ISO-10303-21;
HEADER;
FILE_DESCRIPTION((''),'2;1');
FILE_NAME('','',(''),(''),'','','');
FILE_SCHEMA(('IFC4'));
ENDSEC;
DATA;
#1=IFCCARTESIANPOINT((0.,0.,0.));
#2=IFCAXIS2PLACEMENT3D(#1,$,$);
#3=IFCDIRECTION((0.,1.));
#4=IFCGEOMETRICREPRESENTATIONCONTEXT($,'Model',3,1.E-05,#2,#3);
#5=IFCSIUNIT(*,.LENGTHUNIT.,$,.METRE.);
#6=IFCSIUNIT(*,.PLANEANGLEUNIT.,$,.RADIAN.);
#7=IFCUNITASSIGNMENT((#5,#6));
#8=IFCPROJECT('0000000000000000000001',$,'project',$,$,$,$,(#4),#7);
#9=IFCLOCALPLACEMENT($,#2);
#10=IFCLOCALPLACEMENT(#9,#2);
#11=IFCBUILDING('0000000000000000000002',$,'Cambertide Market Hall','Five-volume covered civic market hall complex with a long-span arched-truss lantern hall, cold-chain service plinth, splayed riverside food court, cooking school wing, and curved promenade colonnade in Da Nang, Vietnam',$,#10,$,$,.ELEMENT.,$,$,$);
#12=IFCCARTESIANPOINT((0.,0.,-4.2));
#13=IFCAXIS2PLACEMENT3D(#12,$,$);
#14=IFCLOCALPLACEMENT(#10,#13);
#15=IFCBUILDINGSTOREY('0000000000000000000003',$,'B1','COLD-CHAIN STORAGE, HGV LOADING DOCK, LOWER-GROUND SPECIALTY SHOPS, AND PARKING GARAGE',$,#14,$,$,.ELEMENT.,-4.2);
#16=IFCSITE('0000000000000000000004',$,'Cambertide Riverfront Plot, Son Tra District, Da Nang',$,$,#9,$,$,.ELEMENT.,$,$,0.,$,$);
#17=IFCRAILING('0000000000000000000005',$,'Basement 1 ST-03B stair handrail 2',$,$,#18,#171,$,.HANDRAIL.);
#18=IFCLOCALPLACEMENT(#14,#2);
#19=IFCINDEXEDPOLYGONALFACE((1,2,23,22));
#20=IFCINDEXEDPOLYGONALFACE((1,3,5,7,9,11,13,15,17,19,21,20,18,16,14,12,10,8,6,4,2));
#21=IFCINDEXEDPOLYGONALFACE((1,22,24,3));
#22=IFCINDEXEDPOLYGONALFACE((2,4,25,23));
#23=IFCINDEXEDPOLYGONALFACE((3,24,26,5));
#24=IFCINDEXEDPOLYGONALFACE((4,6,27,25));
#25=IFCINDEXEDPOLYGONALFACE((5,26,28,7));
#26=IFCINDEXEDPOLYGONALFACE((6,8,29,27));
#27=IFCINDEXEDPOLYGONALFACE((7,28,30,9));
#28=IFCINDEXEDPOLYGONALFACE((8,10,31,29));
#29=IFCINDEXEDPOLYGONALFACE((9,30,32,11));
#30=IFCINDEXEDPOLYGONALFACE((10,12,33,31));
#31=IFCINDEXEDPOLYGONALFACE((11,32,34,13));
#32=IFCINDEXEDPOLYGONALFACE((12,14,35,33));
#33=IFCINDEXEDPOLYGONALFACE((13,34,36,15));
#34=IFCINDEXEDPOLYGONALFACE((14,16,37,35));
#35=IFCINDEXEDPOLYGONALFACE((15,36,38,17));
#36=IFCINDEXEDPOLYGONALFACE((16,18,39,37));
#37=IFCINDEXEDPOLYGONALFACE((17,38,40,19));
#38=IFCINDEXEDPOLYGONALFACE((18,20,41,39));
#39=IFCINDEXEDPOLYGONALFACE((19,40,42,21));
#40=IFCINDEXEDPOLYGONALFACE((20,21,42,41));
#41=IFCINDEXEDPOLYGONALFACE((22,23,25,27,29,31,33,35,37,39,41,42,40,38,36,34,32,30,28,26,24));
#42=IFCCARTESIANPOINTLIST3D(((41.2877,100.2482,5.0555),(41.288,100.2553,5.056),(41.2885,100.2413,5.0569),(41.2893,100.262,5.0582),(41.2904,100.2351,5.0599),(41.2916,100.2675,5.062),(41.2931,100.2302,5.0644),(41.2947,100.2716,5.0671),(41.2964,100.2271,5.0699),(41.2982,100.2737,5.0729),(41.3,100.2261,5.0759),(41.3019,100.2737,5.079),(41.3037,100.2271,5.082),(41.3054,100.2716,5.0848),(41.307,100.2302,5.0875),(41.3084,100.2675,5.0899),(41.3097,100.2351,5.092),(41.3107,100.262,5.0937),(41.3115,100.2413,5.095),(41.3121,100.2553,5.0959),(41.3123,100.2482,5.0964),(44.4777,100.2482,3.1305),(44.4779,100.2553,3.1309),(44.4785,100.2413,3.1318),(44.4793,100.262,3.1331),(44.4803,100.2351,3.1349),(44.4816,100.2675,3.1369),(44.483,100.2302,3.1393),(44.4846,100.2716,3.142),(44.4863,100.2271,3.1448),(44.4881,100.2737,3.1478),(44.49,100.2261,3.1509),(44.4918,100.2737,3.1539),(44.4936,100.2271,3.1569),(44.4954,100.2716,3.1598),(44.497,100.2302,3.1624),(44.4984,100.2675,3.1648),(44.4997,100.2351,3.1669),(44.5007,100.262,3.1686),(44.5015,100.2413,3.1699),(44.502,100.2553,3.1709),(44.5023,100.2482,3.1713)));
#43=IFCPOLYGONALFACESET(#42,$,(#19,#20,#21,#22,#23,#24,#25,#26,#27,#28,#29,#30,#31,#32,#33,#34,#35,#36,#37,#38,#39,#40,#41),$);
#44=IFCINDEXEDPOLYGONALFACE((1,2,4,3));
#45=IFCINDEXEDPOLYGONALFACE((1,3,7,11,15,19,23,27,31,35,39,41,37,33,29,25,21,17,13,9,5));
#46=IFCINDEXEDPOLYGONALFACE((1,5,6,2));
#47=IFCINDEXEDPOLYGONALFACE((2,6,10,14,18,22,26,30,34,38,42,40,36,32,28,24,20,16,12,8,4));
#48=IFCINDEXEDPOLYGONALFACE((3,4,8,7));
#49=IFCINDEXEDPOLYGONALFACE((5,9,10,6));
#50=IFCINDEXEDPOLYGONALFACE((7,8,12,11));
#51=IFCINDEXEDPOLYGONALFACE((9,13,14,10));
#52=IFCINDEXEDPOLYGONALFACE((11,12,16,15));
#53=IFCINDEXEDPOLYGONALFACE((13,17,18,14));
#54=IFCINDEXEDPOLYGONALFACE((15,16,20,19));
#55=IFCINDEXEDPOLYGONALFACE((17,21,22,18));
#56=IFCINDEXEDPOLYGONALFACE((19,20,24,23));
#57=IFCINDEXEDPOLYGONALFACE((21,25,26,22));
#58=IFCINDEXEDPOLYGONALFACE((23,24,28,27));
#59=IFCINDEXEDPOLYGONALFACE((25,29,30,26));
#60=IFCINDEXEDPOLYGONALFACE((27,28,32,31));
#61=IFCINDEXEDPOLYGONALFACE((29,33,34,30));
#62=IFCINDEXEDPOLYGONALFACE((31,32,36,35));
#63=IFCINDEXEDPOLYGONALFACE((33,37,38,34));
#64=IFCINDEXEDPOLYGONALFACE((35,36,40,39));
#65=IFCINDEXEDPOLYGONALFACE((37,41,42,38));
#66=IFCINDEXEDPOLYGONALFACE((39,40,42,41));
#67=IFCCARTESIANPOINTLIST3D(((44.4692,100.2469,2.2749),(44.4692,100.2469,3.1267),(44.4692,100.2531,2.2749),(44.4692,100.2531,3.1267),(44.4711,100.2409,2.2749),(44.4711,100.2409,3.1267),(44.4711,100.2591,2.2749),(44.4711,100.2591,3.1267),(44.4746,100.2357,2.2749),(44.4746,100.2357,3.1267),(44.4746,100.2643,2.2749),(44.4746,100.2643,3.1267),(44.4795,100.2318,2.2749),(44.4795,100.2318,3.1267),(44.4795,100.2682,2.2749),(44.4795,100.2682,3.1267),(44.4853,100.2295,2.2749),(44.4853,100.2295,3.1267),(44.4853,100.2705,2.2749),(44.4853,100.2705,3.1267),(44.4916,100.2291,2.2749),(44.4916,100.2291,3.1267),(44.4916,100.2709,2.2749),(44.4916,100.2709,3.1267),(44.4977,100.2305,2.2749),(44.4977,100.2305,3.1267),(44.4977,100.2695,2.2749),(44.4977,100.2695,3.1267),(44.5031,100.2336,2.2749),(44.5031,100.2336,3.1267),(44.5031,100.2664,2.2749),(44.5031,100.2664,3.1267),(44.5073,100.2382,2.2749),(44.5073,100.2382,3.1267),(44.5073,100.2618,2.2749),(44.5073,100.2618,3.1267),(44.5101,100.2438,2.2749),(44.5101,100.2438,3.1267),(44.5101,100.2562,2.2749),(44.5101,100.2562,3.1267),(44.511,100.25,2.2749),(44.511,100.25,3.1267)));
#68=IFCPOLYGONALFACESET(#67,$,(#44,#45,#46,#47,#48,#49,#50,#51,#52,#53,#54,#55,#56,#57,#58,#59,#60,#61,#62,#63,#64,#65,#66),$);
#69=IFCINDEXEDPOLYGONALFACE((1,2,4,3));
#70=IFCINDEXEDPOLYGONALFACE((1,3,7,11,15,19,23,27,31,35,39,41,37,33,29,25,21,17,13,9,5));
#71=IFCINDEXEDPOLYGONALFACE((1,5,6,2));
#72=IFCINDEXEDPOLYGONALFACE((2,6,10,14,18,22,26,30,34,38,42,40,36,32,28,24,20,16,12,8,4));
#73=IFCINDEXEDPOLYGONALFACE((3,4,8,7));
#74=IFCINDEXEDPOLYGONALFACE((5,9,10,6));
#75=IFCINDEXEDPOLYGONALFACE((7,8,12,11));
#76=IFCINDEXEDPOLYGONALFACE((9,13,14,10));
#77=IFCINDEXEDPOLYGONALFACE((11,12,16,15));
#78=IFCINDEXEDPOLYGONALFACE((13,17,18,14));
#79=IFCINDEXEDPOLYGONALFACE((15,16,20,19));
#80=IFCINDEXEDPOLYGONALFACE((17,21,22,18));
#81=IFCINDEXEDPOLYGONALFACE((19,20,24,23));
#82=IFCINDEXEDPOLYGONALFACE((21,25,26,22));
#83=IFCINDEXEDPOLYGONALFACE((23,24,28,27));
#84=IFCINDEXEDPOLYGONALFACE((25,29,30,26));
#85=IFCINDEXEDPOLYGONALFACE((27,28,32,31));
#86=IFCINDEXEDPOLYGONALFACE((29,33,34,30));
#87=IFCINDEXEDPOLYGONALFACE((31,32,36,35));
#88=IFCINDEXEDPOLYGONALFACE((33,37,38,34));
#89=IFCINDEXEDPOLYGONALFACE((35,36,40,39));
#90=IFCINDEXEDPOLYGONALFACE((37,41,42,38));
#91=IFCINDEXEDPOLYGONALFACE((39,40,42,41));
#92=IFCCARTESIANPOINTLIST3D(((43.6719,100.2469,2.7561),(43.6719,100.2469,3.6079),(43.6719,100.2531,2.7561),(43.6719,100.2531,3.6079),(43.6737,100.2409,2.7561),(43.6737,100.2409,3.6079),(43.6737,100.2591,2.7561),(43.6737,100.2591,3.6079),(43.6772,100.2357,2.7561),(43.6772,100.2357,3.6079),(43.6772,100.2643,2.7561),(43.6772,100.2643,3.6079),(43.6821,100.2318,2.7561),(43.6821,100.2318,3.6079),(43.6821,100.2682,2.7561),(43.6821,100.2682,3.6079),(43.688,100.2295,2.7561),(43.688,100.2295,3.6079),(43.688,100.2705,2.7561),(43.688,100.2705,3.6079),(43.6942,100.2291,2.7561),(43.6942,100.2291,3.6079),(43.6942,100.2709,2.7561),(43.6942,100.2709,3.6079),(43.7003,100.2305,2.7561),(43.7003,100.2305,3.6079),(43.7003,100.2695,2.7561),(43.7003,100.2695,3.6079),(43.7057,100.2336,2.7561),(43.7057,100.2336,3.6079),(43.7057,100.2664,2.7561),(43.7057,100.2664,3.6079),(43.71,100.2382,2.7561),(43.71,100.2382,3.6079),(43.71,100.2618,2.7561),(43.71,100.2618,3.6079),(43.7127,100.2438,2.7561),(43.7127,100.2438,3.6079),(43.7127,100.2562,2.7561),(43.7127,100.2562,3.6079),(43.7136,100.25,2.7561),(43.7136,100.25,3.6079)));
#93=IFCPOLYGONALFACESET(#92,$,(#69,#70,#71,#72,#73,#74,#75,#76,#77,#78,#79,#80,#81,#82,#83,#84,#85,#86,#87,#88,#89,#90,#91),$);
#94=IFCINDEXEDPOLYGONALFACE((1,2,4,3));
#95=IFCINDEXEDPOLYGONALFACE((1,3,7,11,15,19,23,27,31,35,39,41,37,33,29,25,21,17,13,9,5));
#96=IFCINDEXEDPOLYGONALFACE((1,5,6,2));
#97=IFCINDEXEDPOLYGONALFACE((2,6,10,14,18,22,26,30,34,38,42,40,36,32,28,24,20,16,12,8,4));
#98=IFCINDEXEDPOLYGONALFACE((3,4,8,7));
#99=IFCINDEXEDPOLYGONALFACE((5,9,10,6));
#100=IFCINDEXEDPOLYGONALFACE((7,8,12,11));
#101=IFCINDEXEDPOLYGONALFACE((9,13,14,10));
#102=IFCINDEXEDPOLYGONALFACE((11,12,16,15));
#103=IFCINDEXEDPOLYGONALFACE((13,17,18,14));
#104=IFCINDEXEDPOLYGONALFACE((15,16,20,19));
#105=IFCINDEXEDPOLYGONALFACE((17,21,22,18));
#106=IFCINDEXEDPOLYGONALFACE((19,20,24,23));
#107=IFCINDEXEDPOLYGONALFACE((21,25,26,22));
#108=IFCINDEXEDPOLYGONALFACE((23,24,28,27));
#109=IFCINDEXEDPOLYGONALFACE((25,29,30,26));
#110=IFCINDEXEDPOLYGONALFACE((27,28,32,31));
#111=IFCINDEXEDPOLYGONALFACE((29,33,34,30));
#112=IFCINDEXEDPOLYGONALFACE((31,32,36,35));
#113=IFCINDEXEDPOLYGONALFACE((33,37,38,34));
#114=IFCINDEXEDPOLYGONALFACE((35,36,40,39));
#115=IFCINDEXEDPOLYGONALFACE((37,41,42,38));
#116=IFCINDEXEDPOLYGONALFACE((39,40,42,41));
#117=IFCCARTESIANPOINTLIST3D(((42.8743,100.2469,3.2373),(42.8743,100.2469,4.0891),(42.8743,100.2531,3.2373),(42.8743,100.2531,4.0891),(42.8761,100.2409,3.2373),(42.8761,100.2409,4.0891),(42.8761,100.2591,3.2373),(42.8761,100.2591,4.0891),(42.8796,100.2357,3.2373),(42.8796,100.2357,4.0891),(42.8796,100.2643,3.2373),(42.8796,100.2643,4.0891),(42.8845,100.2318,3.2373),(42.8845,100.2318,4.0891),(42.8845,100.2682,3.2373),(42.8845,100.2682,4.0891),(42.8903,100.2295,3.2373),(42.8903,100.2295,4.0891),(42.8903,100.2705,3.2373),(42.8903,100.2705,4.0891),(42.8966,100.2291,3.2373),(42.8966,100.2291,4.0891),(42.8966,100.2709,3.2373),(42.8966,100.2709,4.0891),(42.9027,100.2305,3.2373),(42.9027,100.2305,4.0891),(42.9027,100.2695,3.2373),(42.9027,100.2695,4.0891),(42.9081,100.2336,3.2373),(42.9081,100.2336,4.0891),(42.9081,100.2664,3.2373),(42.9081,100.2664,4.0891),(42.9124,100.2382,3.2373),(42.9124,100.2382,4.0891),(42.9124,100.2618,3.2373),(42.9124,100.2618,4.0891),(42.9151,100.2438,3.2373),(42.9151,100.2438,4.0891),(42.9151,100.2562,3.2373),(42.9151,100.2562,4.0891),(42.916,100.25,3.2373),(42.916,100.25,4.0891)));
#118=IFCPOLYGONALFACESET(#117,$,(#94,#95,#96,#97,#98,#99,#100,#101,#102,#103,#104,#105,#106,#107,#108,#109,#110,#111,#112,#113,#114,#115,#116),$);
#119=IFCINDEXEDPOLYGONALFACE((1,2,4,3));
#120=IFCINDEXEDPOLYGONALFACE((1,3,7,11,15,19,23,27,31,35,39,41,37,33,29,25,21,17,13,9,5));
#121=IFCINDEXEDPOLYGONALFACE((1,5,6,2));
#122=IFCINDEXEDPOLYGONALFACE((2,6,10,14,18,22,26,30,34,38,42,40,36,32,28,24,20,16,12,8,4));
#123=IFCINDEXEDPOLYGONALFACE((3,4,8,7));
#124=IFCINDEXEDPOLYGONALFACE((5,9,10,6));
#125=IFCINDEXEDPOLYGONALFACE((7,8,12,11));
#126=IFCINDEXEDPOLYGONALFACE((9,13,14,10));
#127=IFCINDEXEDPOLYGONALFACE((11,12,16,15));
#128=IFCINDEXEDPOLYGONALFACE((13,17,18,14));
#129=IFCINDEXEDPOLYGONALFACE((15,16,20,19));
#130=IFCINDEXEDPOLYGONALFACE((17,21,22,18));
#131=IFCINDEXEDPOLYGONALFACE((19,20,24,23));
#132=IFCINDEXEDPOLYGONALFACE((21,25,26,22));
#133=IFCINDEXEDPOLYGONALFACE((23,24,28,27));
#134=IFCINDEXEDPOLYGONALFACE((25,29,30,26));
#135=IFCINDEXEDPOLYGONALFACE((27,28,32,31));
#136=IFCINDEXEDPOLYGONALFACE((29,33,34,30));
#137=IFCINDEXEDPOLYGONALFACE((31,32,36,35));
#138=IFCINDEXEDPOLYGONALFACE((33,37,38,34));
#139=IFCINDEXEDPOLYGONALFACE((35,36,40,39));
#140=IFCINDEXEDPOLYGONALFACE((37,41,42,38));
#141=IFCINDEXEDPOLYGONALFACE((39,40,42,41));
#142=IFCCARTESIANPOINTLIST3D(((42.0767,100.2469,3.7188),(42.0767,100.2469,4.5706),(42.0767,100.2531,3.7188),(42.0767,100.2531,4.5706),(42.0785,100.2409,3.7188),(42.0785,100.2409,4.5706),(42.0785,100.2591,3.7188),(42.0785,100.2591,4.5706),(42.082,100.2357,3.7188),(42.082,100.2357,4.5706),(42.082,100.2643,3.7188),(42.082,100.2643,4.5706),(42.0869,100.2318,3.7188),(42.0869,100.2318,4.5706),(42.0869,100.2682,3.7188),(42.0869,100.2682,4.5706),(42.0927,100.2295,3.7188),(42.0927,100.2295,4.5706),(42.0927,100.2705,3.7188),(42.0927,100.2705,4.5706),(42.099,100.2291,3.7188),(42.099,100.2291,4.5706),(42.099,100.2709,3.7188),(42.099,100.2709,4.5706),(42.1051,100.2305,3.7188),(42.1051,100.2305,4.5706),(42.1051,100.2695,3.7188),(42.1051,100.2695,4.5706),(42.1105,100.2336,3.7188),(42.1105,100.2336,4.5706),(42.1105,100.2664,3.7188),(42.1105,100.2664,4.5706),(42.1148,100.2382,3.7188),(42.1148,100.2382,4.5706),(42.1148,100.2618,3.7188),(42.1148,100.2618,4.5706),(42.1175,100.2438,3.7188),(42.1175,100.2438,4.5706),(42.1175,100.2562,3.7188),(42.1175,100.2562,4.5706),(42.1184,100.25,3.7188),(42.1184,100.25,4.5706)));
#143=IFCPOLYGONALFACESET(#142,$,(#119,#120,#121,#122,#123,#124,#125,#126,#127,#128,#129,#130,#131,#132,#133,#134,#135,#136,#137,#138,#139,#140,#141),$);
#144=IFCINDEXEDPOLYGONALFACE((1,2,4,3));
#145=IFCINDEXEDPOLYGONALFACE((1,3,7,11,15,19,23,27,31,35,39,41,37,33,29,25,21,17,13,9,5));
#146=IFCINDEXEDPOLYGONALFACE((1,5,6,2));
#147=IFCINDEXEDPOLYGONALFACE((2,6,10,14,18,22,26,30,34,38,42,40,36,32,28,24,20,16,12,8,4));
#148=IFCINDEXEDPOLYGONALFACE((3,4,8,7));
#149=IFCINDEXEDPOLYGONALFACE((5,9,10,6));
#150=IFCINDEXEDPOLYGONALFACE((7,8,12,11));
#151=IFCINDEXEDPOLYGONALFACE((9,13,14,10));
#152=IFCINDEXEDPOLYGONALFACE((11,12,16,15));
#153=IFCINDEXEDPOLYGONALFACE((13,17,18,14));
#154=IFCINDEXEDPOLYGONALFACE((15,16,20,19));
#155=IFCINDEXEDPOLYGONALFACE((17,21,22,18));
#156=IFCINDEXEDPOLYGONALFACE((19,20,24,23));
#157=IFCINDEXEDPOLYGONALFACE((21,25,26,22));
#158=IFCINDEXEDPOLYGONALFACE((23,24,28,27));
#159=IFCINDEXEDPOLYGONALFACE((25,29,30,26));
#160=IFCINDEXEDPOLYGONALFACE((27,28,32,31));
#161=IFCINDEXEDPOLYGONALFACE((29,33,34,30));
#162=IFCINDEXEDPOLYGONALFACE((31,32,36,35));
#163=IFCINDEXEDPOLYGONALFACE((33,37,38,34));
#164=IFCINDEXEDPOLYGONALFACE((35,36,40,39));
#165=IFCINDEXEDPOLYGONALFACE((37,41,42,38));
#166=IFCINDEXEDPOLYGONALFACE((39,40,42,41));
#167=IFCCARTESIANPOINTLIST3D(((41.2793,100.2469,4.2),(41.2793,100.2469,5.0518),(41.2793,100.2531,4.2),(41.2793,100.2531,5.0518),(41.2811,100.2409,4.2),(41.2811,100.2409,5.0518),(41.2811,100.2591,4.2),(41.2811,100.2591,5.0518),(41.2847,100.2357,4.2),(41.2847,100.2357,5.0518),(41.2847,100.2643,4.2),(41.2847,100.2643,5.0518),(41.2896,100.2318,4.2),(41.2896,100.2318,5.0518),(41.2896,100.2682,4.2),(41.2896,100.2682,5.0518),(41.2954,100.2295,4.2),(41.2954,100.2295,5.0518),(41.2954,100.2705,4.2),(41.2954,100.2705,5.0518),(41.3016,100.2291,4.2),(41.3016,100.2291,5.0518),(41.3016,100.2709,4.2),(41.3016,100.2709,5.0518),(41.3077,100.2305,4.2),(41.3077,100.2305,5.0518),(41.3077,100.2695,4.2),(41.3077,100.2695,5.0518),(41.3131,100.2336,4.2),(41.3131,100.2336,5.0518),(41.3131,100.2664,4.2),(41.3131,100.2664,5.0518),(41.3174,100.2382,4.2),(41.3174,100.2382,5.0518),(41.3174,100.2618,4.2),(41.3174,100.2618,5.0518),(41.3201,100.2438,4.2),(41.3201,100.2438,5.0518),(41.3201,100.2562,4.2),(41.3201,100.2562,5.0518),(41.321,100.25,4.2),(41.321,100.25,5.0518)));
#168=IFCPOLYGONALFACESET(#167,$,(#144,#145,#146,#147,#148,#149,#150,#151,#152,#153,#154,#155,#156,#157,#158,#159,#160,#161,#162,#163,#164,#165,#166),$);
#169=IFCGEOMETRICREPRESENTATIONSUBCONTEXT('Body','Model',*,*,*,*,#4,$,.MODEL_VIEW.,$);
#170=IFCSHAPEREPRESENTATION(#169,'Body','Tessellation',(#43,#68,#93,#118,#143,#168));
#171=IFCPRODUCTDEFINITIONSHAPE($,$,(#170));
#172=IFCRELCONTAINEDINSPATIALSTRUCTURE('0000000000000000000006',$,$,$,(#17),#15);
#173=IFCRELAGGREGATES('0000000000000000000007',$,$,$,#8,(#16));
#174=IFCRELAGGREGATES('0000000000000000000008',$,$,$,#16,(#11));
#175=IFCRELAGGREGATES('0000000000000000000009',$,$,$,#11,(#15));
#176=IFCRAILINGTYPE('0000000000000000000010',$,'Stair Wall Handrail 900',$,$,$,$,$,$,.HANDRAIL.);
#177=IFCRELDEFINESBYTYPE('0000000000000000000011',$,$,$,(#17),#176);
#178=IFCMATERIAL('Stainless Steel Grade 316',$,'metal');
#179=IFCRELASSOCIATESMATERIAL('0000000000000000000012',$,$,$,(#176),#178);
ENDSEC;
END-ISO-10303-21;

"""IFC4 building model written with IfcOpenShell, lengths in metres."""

from ifc_helpers import new_model, si_unit, direction, frame, origin, origin_2d, place, context, subcontext, project, spatial, circle, extrude, material, type_object, element, save


model = new_model("IFC4")

# Units and contexts
model_context = context("Model", 3, precision=1e-05, world=origin(), true_north=direction((0.0, 1.0)))
body_context = subcontext(model_context, "Body", "Model", "MODEL_VIEW")
ifc_project = project(units=[si_unit("LENGTHUNIT", "METRE"), si_unit("PLANEANGLEUNIT", "RADIAN")], contexts=[model_context])

# Site, building, storey
site_placement = place(None, origin())
site = spatial("IfcSite", under=ifc_project, at=site_placement, Name="Cambertide Riverfront Plot, Son Tra District, Da Nang", CompositionType="ELEMENT", RefElevation=0.0)
building_placement = place(site_placement, origin())
building = spatial("IfcBuilding", under=site, at=building_placement, Name="Cambertide Market Hall", Description="Five-volume covered civic market hall complex with a long-span arched-truss lantern hall, cold-chain service plinth, splayed riverside food court, cooking school wing, and curved promenade colonnade in Da Nang, Vietnam", CompositionType="ELEMENT")
storey_placement = place(building_placement, frame((0.0, 0.0, -4.2)))
storey = spatial("IfcBuildingStorey", under=building, at=storey_placement, Name="B1", Description="COLD-CHAIN STORAGE, HGV LOADING DOCK, LOWER-GROUND SPECIALTY SHOPS, AND PARKING GARAGE", CompositionType="ELEMENT", Elevation=-4.2)

# Railing
ifc_material_1 = material(Name="Stainless Steel Grade 316", Category="metal")
railing_type_1 = type_object("IfcRailingType", Name="Stair Wall Handrail 900", PredefinedType="HANDRAIL", material=ifc_material_1)
railing_1_placement = place(storey_placement, frame((44.49, 100.25, 2.2749)))
element("IfcRailing", 1, at=railing_1_placement, inside=storey, type_object=railing_type_1, Name="Basement 1 ST-03B stair handrail 2", PredefinedType="HANDRAIL", context=body_context, shape_type="SweptSolid", body=[
    extrude(circle(Radius=0.0239, at=origin_2d()), frame((0.0, 0.0, 0.876), z_axis=(-0.856178, 0.0, 0.516682), x_axis=(0.0, -1.0, 0.0)), (0.0, 0.0, 1.0), 3.7258),
    extrude(circle(Radius=0.021, at=origin_2d()), origin(), (0.0, 0.0, 1.0), 0.8518),
    extrude(circle(Radius=0.021, at=origin_2d()), frame((-0.7974, 0.0, 0.4812)), (0.0, 0.0, 1.0), 0.8518),
    extrude(circle(Radius=0.021, at=origin_2d()), frame((-1.595, 0.0, 0.9624)), (0.0, 0.0, 1.0), 0.8518),
    extrude(circle(Radius=0.021, at=origin_2d()), frame((-2.3926, 0.0, 1.4438)), (0.0, 0.0, 1.0), 0.8518),
    extrude(circle(Radius=0.021, at=origin_2d()), frame((-3.1899, 0.0, 1.925)), (0.0, 0.0, 1.0), 0.8518),
])

save(model, "model.ifc")
